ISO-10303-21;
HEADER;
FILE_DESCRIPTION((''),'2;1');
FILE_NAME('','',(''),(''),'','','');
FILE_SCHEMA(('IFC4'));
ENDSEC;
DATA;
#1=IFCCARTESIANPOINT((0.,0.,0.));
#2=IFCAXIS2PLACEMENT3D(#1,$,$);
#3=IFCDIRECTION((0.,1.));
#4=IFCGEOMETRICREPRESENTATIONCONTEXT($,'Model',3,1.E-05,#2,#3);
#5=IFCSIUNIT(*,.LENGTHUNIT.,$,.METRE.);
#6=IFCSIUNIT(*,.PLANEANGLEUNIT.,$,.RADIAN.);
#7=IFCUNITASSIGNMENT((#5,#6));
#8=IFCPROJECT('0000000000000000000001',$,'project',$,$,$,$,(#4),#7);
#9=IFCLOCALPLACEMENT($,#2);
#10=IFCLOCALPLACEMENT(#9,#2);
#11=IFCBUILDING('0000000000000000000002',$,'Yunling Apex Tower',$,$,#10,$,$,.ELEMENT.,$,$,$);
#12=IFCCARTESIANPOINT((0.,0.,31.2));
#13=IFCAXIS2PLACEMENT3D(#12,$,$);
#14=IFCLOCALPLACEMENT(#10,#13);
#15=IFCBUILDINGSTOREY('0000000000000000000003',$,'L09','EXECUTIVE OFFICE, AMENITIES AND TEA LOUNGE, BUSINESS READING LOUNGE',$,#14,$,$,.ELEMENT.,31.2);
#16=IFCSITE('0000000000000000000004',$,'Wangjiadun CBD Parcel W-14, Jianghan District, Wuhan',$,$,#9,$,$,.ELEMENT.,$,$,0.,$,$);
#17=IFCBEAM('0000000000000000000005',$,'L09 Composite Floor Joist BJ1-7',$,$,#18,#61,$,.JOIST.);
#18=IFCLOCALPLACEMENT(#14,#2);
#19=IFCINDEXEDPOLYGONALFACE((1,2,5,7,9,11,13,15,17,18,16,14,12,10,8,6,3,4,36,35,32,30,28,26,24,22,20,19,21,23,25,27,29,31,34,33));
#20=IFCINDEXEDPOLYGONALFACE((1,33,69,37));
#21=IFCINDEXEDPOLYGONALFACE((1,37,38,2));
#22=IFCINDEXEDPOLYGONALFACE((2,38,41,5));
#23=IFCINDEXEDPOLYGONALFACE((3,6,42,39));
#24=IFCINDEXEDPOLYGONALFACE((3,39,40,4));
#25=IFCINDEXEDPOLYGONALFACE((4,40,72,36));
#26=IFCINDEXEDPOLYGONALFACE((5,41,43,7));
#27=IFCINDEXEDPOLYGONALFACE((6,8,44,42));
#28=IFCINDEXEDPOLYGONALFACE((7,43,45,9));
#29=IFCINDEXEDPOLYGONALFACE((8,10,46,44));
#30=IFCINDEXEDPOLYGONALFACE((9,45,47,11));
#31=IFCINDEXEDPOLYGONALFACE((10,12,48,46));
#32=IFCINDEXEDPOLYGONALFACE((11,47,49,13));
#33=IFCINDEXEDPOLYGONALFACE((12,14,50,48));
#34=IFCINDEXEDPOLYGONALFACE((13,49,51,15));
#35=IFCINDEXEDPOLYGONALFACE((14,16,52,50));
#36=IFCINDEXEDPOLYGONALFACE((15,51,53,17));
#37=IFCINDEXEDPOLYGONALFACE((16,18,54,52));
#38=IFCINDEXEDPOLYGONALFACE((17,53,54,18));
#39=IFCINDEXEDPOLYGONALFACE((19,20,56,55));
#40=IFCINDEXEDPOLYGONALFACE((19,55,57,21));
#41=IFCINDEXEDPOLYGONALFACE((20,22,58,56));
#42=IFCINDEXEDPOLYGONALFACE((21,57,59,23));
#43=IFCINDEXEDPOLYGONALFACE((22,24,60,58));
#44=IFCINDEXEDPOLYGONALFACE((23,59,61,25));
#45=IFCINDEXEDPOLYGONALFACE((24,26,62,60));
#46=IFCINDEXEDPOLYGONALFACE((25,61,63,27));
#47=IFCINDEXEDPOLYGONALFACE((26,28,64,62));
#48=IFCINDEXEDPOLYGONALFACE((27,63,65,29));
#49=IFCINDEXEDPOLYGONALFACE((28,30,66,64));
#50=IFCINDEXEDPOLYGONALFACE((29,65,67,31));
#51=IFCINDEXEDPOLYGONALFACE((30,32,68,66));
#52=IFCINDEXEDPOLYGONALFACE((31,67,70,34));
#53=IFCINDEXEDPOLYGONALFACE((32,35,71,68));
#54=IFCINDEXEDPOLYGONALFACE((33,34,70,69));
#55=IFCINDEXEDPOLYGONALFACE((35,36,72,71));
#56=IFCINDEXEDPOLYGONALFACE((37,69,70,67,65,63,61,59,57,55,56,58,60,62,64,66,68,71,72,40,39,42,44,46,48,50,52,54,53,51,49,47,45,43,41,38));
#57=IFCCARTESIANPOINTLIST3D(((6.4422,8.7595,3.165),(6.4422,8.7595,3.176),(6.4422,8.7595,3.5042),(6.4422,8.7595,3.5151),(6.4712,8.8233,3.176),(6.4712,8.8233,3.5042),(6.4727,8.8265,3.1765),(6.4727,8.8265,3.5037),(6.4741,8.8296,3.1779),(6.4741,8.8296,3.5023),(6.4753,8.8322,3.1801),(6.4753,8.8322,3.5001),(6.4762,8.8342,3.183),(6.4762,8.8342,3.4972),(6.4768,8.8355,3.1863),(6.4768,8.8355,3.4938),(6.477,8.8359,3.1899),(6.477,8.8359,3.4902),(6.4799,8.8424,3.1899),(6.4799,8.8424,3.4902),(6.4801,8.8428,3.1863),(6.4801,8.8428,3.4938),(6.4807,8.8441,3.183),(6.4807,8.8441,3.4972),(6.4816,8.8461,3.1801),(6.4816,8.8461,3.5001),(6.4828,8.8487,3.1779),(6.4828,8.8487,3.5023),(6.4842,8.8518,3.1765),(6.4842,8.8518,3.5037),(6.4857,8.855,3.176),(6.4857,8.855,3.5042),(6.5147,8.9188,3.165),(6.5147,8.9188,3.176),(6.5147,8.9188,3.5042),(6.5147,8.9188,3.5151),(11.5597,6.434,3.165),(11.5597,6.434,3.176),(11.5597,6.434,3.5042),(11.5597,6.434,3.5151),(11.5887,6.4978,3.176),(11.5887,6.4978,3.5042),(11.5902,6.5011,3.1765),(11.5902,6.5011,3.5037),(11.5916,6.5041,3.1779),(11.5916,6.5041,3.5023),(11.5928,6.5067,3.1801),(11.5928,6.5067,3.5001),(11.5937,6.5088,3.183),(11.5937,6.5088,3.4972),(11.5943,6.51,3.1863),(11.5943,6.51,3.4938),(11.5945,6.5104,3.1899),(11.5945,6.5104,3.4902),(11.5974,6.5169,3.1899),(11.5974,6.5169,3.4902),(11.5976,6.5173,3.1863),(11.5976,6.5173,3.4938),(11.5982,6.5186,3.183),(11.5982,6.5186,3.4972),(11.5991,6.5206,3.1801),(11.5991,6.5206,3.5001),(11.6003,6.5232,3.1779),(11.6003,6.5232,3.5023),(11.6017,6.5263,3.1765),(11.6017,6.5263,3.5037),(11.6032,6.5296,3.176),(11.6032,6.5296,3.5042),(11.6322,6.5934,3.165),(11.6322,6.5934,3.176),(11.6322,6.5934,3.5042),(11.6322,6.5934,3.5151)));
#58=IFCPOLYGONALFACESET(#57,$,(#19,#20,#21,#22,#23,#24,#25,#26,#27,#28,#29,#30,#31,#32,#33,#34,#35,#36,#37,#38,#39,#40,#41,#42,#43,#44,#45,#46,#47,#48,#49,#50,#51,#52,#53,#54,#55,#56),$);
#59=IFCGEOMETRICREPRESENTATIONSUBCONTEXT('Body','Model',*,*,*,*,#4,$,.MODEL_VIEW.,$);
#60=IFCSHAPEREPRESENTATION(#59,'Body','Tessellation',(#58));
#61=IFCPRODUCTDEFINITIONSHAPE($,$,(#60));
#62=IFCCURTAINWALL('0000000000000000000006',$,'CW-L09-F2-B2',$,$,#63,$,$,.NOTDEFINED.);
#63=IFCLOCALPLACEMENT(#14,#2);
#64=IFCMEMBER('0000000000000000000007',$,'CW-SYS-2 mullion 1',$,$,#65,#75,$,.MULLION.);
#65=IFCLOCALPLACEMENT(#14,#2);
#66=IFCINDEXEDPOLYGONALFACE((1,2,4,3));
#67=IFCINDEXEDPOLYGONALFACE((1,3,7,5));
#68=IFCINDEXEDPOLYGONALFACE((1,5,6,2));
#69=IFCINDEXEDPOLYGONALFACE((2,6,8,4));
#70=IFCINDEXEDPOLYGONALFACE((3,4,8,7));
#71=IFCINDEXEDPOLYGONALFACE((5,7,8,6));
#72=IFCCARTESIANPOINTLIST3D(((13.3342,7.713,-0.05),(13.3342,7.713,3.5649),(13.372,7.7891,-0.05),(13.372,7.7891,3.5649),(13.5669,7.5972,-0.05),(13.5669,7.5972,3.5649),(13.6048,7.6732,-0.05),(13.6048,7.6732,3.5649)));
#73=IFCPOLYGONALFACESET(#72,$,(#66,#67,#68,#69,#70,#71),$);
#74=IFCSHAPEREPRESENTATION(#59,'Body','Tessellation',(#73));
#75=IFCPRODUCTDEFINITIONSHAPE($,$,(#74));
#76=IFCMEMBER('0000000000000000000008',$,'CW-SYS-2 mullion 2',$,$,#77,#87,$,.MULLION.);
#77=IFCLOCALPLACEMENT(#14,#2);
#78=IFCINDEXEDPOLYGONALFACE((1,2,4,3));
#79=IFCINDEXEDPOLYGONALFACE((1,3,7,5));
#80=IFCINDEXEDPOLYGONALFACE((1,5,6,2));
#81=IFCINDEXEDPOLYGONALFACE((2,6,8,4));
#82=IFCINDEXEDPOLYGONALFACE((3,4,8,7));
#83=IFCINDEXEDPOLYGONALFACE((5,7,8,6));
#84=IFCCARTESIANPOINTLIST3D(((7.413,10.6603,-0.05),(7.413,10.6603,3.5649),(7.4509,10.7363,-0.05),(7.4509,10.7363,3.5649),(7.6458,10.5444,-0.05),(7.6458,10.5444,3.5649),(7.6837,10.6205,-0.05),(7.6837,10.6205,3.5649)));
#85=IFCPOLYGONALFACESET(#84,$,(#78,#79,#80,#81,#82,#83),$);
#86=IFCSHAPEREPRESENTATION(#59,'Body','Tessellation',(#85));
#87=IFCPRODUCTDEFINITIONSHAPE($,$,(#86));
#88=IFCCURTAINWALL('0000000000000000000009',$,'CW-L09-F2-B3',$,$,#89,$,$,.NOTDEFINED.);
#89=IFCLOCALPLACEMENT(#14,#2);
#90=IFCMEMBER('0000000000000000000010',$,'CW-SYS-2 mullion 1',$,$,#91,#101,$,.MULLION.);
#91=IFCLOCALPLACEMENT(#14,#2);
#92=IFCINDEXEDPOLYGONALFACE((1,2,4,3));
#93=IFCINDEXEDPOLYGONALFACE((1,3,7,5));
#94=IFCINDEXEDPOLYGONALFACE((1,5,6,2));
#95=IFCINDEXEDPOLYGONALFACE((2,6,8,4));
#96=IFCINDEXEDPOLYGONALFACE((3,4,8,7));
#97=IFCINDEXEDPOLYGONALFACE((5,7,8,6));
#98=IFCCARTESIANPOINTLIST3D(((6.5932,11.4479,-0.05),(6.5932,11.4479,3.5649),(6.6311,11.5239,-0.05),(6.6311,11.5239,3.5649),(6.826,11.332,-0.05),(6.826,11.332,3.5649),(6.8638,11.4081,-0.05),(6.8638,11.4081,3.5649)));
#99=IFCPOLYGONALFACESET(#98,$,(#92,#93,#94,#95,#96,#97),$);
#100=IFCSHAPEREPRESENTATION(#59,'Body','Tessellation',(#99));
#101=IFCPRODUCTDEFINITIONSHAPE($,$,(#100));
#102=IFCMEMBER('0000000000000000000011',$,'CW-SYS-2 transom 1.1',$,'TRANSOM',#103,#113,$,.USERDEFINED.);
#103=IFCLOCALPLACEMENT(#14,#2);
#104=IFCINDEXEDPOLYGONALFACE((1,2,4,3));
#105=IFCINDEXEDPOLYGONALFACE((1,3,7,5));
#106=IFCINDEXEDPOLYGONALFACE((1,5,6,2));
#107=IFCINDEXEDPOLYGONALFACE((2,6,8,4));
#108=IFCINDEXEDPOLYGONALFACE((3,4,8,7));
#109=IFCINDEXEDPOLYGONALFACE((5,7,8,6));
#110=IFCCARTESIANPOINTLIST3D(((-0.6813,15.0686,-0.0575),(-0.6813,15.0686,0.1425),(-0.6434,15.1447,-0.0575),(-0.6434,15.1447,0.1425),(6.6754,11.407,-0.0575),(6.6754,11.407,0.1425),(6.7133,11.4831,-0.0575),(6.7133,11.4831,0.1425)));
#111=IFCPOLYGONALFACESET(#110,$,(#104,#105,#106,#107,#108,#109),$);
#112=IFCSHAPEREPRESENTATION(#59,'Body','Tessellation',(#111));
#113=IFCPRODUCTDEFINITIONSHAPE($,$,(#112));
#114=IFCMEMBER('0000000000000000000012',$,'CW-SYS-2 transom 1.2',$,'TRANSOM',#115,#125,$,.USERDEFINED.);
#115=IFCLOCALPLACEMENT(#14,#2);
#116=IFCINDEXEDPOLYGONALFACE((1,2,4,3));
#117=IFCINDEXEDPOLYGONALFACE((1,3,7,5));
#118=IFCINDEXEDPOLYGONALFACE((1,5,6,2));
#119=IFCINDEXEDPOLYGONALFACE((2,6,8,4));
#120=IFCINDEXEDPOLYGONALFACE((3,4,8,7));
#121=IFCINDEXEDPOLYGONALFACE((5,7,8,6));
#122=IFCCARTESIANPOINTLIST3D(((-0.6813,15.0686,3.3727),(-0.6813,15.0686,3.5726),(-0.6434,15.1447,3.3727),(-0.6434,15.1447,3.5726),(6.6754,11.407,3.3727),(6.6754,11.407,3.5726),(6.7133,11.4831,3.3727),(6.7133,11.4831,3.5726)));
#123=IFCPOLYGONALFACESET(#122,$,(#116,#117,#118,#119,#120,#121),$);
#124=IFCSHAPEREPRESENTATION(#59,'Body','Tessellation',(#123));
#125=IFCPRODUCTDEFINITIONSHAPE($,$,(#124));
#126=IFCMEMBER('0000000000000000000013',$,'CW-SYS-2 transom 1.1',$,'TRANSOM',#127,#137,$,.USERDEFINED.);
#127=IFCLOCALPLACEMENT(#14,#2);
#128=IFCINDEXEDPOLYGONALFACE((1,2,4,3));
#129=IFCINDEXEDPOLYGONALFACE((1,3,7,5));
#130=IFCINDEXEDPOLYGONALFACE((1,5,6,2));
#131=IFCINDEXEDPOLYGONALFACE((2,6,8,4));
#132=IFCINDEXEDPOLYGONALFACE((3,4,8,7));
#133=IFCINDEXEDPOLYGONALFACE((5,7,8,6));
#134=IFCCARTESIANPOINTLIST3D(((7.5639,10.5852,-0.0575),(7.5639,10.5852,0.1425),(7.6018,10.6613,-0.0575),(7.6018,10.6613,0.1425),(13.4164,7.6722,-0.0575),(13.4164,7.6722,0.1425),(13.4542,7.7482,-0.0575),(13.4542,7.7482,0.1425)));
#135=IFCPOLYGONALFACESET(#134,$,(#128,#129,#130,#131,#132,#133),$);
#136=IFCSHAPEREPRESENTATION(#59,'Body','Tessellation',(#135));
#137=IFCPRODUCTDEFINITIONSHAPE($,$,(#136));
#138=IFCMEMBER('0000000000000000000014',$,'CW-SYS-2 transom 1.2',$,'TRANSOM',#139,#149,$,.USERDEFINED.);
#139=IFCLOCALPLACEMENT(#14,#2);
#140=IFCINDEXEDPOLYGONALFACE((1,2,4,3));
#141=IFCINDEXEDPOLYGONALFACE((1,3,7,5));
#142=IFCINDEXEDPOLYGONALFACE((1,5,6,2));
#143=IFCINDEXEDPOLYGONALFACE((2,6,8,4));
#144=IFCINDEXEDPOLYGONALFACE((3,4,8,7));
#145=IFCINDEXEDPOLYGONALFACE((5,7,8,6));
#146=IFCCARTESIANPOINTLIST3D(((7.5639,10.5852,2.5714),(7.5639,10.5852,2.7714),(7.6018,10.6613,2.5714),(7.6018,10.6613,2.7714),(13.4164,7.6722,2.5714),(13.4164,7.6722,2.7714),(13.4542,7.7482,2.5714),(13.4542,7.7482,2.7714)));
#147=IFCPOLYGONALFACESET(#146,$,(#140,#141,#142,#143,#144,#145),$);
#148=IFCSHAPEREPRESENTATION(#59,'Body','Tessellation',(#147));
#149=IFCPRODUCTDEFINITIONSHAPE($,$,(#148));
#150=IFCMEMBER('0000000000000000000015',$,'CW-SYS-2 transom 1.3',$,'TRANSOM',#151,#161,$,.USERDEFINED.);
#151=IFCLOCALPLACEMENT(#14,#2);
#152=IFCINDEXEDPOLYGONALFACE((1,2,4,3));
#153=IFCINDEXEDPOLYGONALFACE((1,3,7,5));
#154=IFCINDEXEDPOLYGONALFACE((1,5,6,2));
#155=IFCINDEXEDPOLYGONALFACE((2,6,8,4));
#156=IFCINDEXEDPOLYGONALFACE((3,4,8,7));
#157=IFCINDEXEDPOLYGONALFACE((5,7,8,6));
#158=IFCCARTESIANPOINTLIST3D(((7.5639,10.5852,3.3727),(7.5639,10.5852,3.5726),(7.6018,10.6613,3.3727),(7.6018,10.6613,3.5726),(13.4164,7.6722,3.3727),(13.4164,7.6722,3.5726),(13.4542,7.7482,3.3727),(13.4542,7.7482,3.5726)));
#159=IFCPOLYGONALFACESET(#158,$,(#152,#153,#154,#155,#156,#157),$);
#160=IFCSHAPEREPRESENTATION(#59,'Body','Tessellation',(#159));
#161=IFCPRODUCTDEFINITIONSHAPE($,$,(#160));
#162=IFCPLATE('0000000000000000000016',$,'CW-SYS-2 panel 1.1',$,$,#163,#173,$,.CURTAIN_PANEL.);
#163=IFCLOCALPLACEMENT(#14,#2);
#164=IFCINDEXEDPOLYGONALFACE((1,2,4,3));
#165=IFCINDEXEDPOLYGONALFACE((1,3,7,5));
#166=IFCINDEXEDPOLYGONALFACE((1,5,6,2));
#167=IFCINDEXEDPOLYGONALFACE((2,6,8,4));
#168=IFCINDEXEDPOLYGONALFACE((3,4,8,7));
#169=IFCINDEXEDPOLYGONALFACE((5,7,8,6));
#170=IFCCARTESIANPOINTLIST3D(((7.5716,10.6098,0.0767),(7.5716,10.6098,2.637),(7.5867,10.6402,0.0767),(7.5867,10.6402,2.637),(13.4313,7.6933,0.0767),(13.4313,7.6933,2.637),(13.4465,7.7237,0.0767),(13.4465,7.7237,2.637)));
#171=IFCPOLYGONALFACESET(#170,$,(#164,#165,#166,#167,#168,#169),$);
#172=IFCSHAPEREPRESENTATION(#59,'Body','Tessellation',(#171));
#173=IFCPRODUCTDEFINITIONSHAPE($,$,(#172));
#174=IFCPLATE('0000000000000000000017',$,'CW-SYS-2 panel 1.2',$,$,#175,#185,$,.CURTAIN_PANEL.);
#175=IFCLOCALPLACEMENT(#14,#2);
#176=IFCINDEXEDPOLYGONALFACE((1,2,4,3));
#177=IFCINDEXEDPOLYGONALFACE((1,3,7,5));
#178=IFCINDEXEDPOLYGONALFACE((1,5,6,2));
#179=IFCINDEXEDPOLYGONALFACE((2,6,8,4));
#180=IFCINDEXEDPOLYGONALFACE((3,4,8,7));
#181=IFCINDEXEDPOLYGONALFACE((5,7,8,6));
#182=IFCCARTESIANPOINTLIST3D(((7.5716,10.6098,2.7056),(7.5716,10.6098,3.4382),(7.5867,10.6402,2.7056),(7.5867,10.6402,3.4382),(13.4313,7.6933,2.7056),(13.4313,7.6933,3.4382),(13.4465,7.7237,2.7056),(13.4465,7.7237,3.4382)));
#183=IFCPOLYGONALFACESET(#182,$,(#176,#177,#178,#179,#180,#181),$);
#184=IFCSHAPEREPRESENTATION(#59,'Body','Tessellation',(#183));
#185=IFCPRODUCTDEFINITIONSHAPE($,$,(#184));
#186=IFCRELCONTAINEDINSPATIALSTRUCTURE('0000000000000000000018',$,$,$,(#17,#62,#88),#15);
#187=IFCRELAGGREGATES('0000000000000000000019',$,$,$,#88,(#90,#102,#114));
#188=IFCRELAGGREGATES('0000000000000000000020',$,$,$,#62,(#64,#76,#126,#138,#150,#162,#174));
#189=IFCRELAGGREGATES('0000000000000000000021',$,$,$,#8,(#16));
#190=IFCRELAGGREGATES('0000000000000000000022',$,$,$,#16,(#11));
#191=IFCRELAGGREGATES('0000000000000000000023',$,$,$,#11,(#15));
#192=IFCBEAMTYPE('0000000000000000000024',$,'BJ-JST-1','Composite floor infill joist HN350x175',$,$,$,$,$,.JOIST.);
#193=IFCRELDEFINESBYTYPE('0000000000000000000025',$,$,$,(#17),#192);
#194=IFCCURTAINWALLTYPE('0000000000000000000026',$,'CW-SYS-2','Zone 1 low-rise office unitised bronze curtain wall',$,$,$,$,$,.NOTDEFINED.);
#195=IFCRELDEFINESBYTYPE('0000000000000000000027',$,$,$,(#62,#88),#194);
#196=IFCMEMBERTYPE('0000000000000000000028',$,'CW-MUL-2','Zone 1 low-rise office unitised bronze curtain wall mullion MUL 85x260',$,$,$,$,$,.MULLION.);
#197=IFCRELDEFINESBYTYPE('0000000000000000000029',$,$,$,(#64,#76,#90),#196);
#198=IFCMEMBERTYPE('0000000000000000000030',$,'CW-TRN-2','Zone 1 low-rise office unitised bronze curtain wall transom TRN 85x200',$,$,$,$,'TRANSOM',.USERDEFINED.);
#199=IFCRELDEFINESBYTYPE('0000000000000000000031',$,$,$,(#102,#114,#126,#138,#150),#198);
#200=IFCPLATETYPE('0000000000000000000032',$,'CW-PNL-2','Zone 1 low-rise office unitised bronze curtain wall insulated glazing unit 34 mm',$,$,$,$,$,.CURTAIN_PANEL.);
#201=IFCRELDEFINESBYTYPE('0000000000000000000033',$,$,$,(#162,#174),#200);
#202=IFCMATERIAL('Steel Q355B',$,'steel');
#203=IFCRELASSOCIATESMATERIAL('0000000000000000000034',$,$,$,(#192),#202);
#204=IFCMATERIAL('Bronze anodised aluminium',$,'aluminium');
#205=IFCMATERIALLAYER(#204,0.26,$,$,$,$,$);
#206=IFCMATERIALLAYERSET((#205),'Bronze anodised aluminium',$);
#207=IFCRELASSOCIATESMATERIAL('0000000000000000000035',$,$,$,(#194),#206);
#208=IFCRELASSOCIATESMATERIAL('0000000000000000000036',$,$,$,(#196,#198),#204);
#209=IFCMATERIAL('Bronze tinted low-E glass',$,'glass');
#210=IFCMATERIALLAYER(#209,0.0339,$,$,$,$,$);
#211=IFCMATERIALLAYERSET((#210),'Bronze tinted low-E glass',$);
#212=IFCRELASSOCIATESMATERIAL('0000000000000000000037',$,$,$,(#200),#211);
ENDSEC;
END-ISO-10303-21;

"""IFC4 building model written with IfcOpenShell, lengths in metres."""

from ifc_helpers import new_model, si_unit, direction, frame, origin, origin_2d, place, context, subcontext, project, spatial, rectangle, i_section, extrude, source, transform, mapped, material, layer, layer_set, material_profile, profile_set, type_object, element, aggregate, save


model = new_model("IFC4")

# Units and contexts
model_context = context("Model", 3, precision=1e-05, world=origin(), true_north=direction((0.0, 1.0)))
body_context = subcontext(model_context, "Body", "Model", "MODEL_VIEW")
ifc_project = project(units=[si_unit("LENGTHUNIT", "METRE"), si_unit("PLANEANGLEUNIT", "RADIAN")], contexts=[model_context])

# Site, building, storey
site_placement = place(None, origin())
site = spatial("IfcSite", under=ifc_project, at=site_placement, Name="Wangjiadun CBD Parcel W-14, Jianghan District, Wuhan", CompositionType="ELEMENT", RefElevation=0.0)
building_placement = place(site_placement, origin())
building = spatial("IfcBuilding", under=site, at=building_placement, Name="Yunling Apex Tower", CompositionType="ELEMENT")
storey_placement = place(building_placement, frame((0.0, 0.0, 31.2)))
storey = spatial("IfcBuildingStorey", under=building, at=storey_placement, Name="L09", Description="EXECUTIVE OFFICE, AMENITIES AND TEA LOUNGE, BUSINESS READING LOUNGE", CompositionType="ELEMENT", Elevation=31.2)

# Beam
ifc_material_1 = material(Name="Steel Q355B", Category="steel")
ifc_material_profile_1 = material_profile(ifc_material_1, i_section(OverallWidth=0.175, OverallDepth=0.3501, WebThickness=0.0071, FlangeThickness=0.011, FilletRadius=0.0139, at=origin_2d()))
ifc_profile_set_1 = profile_set([ifc_material_profile_1], Name="Steel Q355B")
beam_type_1 = type_object("IfcBeamType", Name="BJ-JST-1", Description="Composite floor infill joist HN350x175", PredefinedType="JOIST", material=ifc_profile_set_1)
shared_shape_1 = source(origin(), body_context, "Body", "SweptSolid", [
    extrude(i_section(OverallWidth=0.175, OverallDepth=0.3501, WebThickness=0.0071, FlangeThickness=0.011, FilletRadius=0.0139, at=origin_2d()), origin(), (0.0, 0.0, 1.0), 5.6211),
])
beam_1_placement = place(storey_placement, frame((11.5959, 6.5137, 3.3401), z_axis=(-0.910411, 0.413705, 0.0), x_axis=(-0.413705, -0.910411, 0.0)))
element("IfcBeam", 1, at=beam_1_placement, inside=storey, type_object=beam_type_1, Name="L09 Composite Floor Joist BJ1-7", PredefinedType="JOIST", context=body_context, shape_type="MappedRepresentation", body=[
    mapped(shared_shape_1, transform((0.0, 0.0, 0.0), scale=1.0)),
])

# Curtain walls, members
ifc_material_2 = material(Name="Bronze anodised aluminium", Category="aluminium")
ifc_layer_1 = layer(ifc_material_2, 0.26)
ifc_layer_set_1 = layer_set([ifc_layer_1], Name="Bronze anodised aluminium")
curtain_wall_type = type_object("IfcCurtainWallType", Name="CW-SYS-2", Description="Zone 1 low-rise office unitised bronze curtain wall", PredefinedType="NOTDEFINED", material=ifc_layer_set_1)
curtain_wall_1_placement = place(storey_placement, origin())
curtain_wall_1 = element("IfcCurtainWall", 2, at=curtain_wall_1_placement, inside=storey, type_object=curtain_wall_type, Name="CW-L09-F2-B2", PredefinedType="NOTDEFINED")
ifc_material_profile_2 = material_profile(ifc_material_2, rectangle(XDim=0.085, YDim=0.26, at=origin_2d()))
ifc_profile_set_2 = profile_set([ifc_material_profile_2], Name="Bronze anodised aluminium")
member_type_1 = type_object("IfcMemberType", Name="CW-MUL-2", Description="Zone 1 low-rise office unitised bronze curtain wall mullion MUL 85x260", PredefinedType="MULLION", material=ifc_profile_set_2)
shared_shape_2 = source(origin(), body_context, "Body", "SweptSolid", [
    extrude(rectangle(XDim=0.085, YDim=0.26, at=origin_2d()), origin(), (0.0, 0.0, 1.0), 3.615),
])
member_1_placement = place(storey_placement, frame((13.4695, 7.6931, -0.05), z_axis=(0.0, 0.0, 1.0), x_axis=(-0.445577, -0.895244, 0.0)))
member_1 = element("IfcMember", 3, at=member_1_placement, type_object=member_type_1, Name="CW-SYS-2 mullion 1", PredefinedType="MULLION", context=body_context, shape_type="MappedRepresentation", body=[
    mapped(shared_shape_2, transform((0.0, 0.0, 0.0), scale=1.0)),
])
member_2_placement = place(storey_placement, frame((7.5483, 10.6404, -0.05), z_axis=(0.0, 0.0, 1.0), x_axis=(-0.445577, -0.895244, 0.0)))
member_2 = element("IfcMember", 4, at=member_2_placement, type_object=member_type_1, Name="CW-SYS-2 mullion 2", PredefinedType="MULLION", context=body_context, shape_type="MappedRepresentation", body=[
    mapped(shared_shape_2, transform((0.0, 0.0, 0.0), scale=1.0)),
])
curtain_wall_2_placement = place(storey_placement, origin())
curtain_wall_2 = element("IfcCurtainWall", 5, at=curtain_wall_2_placement, inside=storey, type_object=curtain_wall_type, Name="CW-L09-F2-B3", PredefinedType="NOTDEFINED")
member_3_placement = place(storey_placement, frame((6.7285, 11.428, -0.05), z_axis=(0.0, 0.0, 1.0), x_axis=(-0.44558, -0.895242, 0.0)))
member_3 = element("IfcMember", 6, at=member_3_placement, type_object=member_type_1, Name="CW-SYS-2 mullion 1", PredefinedType="MULLION", context=body_context, shape_type="MappedRepresentation", body=[
    mapped(shared_shape_2, transform((0.0, 0.0, 0.0), scale=1.0)),
])
ifc_material_profile_3 = material_profile(ifc_material_2, rectangle(XDim=0.085, YDim=0.2, at=origin_2d()))
ifc_profile_set_3 = profile_set([ifc_material_profile_3], Name="Bronze anodised aluminium")
member_type_2 = type_object("IfcMemberType", Name="CW-TRN-2", Description="Zone 1 low-rise office unitised bronze curtain wall transom TRN 85x200", ElementType="TRANSOM", PredefinedType="USERDEFINED", material=ifc_profile_set_3)
shared_shape_3 = source(origin(), body_context, "Body", "SweptSolid", [
    extrude(rectangle(XDim=0.085, YDim=0.2, at=origin_2d()), origin(), (0.0, 0.0, 1.0), 8.2175),
])
member_4_placement = place(storey_placement, frame((6.6943, 11.4451, 0.0425), z_axis=(-0.89524, 0.445585, 0.0), x_axis=(-0.445585, -0.89524, 0.0)))
member_4 = element("IfcMember", 7, at=member_4_placement, type_object=member_type_2, Name="CW-SYS-2 transom 1.1", ObjectType="TRANSOM", PredefinedType="USERDEFINED", context=body_context, shape_type="MappedRepresentation", body=[
    mapped(shared_shape_3, transform((0.0, 0.0, 0.0), scale=1.0)),
])
member_5_placement = place(storey_placement, frame((6.6943, 11.4451, 3.4727), z_axis=(-0.89524, 0.445585, 0.0), x_axis=(-0.445585, -0.89524, 0.0)))
member_5 = element("IfcMember", 8, at=member_5_placement, type_object=member_type_2, Name="CW-SYS-2 transom 1.2", ObjectType="TRANSOM", PredefinedType="USERDEFINED", context=body_context, shape_type="MappedRepresentation", body=[
    mapped(shared_shape_3, transform((0.0, 0.0, 0.0), scale=1.0)),
])
aggregate(curtain_wall_2, [member_3, member_4, member_5])

# Members
shared_shape_4 = source(origin(), body_context, "Body", "SweptSolid", [
    extrude(rectangle(XDim=0.085, YDim=0.2, at=origin_2d()), origin(), (0.0, 0.0, 1.0), 6.5374),
])
member_6_placement = place(storey_placement, frame((13.4353, 7.7102, 0.0425), z_axis=(-0.895232, 0.4456, 0.0), x_axis=(-0.4456, -0.895232, 0.0)))
member_6 = element("IfcMember", 9, at=member_6_placement, type_object=member_type_2, Name="CW-SYS-2 transom 1.1", ObjectType="TRANSOM", PredefinedType="USERDEFINED", context=body_context, shape_type="MappedRepresentation", body=[
    mapped(shared_shape_4, transform((0.0, 0.0, 0.0), scale=1.0)),
])
member_7_placement = place(storey_placement, frame((13.4353, 7.7102, 2.6714), z_axis=(-0.895232, 0.4456, 0.0), x_axis=(-0.4456, -0.895232, 0.0)))
member_7 = element("IfcMember", 10, at=member_7_placement, type_object=member_type_2, Name="CW-SYS-2 transom 1.2", ObjectType="TRANSOM", PredefinedType="USERDEFINED", context=body_context, shape_type="MappedRepresentation", body=[
    mapped(shared_shape_4, transform((0.0, 0.0, 0.0), scale=1.0)),
])
member_8_placement = place(storey_placement, frame((13.4353, 7.7102, 3.4727), z_axis=(-0.895232, 0.4456, 0.0), x_axis=(-0.4456, -0.895232, 0.0)))
member_8 = element("IfcMember", 11, at=member_8_placement, type_object=member_type_2, Name="CW-SYS-2 transom 1.3", ObjectType="TRANSOM", PredefinedType="USERDEFINED", context=body_context, shape_type="MappedRepresentation", body=[
    mapped(shared_shape_4, transform((0.0, 0.0, 0.0), scale=1.0)),
])

# Plates
ifc_material_3 = material(Name="Bronze tinted low-E glass", Category="glass")
ifc_layer_2 = layer(ifc_material_3, 0.0339)
ifc_layer_set_2 = layer_set([ifc_layer_2], Name="Bronze tinted low-E glass")
plate_type_1 = type_object("IfcPlateType", Name="CW-PNL-2", Description="Zone 1 low-rise office unitised bronze curtain wall insulated glazing unit 34 mm", PredefinedType="CURTAIN_PANEL", material=ifc_layer_set_2)
shared_shape_5 = source(origin(), body_context, "Body", "SweptSolid", [
    extrude(rectangle(XDim=6.5454, YDim=0.0339, at=origin_2d()), origin(), (0.0, 0.0, 1.0), 2.5603),
])
plate_1_placement = place(storey_placement, frame((10.509, 9.1667, 0.0767), z_axis=(0.0, 0.0, 1.0), x_axis=(-0.895244, 0.445577, 0.0)))
plate_1 = element("IfcPlate", 12, at=plate_1_placement, type_object=plate_type_1, Name="CW-SYS-2 panel 1.1", PredefinedType="CURTAIN_PANEL", context=body_context, shape_type="MappedRepresentation", body=[
    mapped(shared_shape_5, transform((0.0, 0.0, 0.0), scale=1.0)),
])
shared_shape_6 = source(origin(), body_context, "Body", "SweptSolid", [
    extrude(rectangle(XDim=6.5454, YDim=0.0339, at=origin_2d()), origin(), (0.0, 0.0, 1.0), 0.7327),
])
plate_2_placement = place(storey_placement, frame((10.509, 9.1667, 2.7056), z_axis=(0.0, 0.0, 1.0), x_axis=(-0.895244, 0.445577, 0.0)))
plate_2 = element("IfcPlate", 13, at=plate_2_placement, type_object=plate_type_1, Name="CW-SYS-2 panel 1.2", PredefinedType="CURTAIN_PANEL", context=body_context, shape_type="MappedRepresentation", body=[
    mapped(shared_shape_6, transform((0.0, 0.0, 0.0), scale=1.0)),
])
aggregate(curtain_wall_1, [member_1, member_2, member_6, member_7, member_8, plate_1, plate_2])

save(model, "model.ifc")
